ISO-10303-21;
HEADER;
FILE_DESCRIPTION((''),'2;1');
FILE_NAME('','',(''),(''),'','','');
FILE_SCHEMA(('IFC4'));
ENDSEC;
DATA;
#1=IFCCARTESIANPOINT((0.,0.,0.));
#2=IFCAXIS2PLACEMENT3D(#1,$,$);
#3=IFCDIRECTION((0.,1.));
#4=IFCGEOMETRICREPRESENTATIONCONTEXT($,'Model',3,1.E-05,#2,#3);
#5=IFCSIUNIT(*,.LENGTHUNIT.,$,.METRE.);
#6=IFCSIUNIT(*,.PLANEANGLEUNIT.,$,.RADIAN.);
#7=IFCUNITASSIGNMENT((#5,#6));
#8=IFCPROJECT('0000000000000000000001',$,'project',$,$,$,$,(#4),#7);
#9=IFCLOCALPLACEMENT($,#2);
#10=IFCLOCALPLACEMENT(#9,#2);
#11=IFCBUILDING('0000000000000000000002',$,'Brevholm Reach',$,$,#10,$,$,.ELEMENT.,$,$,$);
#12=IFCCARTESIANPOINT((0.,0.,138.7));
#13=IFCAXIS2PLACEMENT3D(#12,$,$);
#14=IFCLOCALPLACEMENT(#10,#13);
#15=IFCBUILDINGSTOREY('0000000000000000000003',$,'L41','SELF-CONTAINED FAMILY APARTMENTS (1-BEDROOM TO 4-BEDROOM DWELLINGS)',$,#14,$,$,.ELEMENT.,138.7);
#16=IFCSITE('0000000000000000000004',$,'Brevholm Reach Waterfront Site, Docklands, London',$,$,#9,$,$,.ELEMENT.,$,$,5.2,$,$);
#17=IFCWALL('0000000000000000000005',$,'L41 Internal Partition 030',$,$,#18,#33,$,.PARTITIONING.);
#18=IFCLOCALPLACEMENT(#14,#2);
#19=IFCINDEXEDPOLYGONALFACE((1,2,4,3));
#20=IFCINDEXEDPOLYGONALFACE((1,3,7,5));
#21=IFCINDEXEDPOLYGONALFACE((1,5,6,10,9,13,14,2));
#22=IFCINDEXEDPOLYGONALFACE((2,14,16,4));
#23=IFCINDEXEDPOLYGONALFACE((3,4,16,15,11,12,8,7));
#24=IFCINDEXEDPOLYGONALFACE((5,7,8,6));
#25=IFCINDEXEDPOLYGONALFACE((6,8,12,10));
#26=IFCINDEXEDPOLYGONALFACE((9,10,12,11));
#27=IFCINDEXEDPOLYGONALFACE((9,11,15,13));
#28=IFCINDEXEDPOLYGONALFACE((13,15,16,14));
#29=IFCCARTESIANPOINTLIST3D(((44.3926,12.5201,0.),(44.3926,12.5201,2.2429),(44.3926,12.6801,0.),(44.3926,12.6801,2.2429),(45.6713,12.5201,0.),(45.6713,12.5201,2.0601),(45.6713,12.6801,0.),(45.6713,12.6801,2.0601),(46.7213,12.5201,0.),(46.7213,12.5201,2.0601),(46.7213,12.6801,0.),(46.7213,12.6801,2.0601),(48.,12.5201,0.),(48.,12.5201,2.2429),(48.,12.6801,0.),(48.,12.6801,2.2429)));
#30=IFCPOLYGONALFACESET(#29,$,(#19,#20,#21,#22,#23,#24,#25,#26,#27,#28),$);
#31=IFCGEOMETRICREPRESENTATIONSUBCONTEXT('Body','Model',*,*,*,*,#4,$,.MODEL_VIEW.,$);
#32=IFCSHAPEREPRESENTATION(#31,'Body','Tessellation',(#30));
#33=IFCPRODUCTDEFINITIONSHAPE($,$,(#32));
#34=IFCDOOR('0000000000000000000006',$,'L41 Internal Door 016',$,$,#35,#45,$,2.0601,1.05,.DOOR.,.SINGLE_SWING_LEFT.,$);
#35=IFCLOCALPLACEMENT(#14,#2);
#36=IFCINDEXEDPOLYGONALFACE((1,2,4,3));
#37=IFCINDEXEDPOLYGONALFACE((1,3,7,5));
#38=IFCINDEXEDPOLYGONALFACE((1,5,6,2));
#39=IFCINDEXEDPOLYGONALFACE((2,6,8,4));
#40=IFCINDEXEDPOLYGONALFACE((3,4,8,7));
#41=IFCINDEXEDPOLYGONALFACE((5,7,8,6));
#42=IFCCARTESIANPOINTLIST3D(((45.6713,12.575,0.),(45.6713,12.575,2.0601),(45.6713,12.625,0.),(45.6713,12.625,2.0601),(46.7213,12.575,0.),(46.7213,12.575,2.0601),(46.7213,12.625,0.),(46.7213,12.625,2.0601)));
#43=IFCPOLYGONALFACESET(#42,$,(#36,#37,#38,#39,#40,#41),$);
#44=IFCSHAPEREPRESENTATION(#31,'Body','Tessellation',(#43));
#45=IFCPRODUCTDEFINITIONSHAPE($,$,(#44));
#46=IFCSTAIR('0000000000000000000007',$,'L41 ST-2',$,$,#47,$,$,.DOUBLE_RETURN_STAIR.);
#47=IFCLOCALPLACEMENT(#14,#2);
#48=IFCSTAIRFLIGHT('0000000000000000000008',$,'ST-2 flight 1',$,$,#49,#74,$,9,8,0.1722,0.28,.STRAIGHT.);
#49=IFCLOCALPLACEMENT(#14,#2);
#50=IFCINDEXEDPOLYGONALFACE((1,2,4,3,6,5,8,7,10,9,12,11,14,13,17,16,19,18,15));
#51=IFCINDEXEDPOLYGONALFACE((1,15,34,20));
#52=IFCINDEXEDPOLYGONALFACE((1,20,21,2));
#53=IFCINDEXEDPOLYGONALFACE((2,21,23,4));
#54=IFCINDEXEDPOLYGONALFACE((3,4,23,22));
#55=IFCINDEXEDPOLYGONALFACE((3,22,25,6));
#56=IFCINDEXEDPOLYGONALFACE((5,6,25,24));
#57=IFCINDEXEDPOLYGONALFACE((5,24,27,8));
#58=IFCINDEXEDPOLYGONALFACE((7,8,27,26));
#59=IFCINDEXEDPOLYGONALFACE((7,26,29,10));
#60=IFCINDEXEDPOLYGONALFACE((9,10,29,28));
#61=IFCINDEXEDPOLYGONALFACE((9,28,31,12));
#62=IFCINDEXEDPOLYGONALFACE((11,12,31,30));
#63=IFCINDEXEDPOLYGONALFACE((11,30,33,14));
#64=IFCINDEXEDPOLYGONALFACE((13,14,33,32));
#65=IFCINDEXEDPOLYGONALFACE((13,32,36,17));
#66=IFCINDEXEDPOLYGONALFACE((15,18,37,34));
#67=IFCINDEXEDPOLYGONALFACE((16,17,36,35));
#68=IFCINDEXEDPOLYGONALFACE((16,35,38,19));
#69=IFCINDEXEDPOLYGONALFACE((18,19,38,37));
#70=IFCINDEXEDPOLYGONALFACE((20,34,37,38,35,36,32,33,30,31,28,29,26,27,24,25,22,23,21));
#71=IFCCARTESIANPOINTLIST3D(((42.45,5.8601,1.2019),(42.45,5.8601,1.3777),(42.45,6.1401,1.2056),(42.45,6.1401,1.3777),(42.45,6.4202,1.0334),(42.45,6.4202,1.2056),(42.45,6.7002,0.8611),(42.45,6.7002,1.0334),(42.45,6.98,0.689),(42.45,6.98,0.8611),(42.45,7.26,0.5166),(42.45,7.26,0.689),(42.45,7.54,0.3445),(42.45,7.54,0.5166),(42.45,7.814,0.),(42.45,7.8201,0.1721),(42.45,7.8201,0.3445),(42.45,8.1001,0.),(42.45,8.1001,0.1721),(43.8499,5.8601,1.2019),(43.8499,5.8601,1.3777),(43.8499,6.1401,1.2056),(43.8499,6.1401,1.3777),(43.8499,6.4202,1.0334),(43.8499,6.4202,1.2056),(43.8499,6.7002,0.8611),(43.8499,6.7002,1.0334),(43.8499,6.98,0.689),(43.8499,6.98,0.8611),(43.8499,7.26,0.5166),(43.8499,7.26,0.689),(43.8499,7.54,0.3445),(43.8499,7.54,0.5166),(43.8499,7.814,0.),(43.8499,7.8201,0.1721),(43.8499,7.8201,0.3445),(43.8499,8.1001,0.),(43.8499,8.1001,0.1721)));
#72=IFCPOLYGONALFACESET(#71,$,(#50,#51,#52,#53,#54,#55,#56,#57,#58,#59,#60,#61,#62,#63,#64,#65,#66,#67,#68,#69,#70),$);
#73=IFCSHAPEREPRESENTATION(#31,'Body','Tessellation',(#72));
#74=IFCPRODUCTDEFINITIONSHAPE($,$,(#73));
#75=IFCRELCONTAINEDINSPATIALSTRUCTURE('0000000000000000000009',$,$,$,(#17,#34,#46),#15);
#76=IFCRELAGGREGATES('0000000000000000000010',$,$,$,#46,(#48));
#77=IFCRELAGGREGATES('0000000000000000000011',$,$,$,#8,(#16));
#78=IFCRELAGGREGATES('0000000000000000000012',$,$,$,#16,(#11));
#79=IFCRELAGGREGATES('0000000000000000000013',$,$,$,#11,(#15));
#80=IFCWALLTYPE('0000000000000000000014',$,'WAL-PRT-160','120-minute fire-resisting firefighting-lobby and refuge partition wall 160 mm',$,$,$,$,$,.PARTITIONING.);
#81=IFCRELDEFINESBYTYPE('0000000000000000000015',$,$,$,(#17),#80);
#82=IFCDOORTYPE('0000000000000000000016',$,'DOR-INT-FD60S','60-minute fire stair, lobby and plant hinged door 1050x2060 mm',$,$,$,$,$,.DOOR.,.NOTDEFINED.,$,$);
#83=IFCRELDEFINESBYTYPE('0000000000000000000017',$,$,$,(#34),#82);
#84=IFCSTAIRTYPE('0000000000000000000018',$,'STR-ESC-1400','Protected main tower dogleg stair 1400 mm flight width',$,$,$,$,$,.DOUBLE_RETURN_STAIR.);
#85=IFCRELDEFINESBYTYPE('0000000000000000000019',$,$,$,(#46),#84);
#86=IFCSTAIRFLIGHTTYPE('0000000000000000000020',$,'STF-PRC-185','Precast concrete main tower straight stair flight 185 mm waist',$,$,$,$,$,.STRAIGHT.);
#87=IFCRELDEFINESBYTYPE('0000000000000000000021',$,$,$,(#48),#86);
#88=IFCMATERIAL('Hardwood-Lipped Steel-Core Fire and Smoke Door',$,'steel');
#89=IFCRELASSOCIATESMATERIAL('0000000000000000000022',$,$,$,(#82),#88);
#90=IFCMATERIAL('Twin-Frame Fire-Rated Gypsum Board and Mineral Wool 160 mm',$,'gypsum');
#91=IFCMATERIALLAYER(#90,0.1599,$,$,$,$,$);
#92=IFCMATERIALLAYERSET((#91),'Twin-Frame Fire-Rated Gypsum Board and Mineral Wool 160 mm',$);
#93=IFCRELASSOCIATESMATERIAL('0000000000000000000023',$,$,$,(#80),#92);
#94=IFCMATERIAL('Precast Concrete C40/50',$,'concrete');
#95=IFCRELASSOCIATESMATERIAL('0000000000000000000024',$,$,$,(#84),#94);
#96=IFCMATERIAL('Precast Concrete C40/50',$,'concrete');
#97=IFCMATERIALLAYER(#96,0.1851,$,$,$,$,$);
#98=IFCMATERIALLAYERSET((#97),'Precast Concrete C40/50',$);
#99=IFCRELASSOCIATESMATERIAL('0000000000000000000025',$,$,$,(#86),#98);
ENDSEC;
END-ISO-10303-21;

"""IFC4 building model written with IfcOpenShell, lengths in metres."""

from ifc_helpers import new_model, si_unit, direction, frame, frame_2d, origin, place, context, subcontext, project, spatial, polyline, rectangle, outline, extrude, material, layer, layer_set, type_object, element, fill, aggregate, save


model = new_model("IFC4")

# Units and contexts
model_context = context("Model", 3, precision=1e-05, world=origin(), true_north=direction((0.0, 1.0)))
body_context = subcontext(model_context, "Body", "Model", "MODEL_VIEW")
ifc_project = project(units=[si_unit("LENGTHUNIT", "METRE"), si_unit("PLANEANGLEUNIT", "RADIAN")], contexts=[model_context])

# Site, building, storey
site_placement = place(None, origin())
site = spatial("IfcSite", under=ifc_project, at=site_placement, Name="Brevholm Reach Waterfront Site, Docklands, London", CompositionType="ELEMENT", RefElevation=5.2)
building_placement = place(site_placement, origin())
building = spatial("IfcBuilding", under=site, at=building_placement, Name="Brevholm Reach", CompositionType="ELEMENT")
storey_placement = place(building_placement, frame((0.0, 0.0, 138.7)))
storey = spatial("IfcBuildingStorey", under=building, at=storey_placement, Name="L41", Description="SELF-CONTAINED FAMILY APARTMENTS (1-BEDROOM TO 4-BEDROOM DWELLINGS)", CompositionType="ELEMENT", Elevation=138.7)

# Shared definitions
ifc_material_1 = material(Name="Hardwood-Lipped Steel-Core Fire and Smoke Door", Category="steel")
door_type_1 = type_object("IfcDoorType", Name="DOR-INT-FD60S", Description="60-minute fire stair, lobby and plant hinged door 1050x2060 mm", OperationType="NOTDEFINED", PredefinedType="DOOR", material=ifc_material_1)

# Wall, opening, door
ifc_material_2 = material(Name="Twin-Frame Fire-Rated Gypsum Board and Mineral Wool 160 mm", Category="gypsum")
ifc_layer_1 = layer(ifc_material_2, 0.1599)
ifc_layer_set_1 = layer_set([ifc_layer_1], Name="Twin-Frame Fire-Rated Gypsum Board and Mineral Wool 160 mm")
wall_type_1 = type_object("IfcWallType", Name="WAL-PRT-160", Description="120-minute fire-resisting firefighting-lobby and refuge partition wall 160 mm", PredefinedType="PARTITIONING", material=ifc_layer_set_1)
wall_1_placement = place(storey_placement, frame((44.3926, 12.6001, 0.0), z_axis=(0.0, 0.0, 1.0), x_axis=(1.0, 0.0, 0.0)))
wall_1 = element("IfcWall", 1, at=wall_1_placement, inside=storey, type_object=wall_type_1, Name="L41 Internal Partition 030", PredefinedType="PARTITIONING", context=body_context, shape_type="SweptSolid", body=[
    extrude(rectangle(XDim=3.6074, YDim=0.1599, at=frame_2d((1.8037, 0.0))), origin(), (0.0, 0.0, 1.0), 2.2429),
])
opening_1_placement = place(wall_1_placement, frame((1.2788, 0.0, 0.0)))
opening_1 = element("IfcOpeningElement", 2, at=opening_1_placement, cuts=wall_1, PredefinedType="OPENING", context=body_context, shape_type="SweptSolid", body=[
    extrude(rectangle(XDim=1.05, YDim=2.0601, at=frame_2d((0.5249, 1.03))), frame((0.0, 0.0898, 0.0), z_axis=(0.0, -1.0, 0.0), x_axis=(1.0, 0.0, 0.0)), (0.0, 0.0, 1.0), 0.1799),
])
door_1_placement = place(opening_1_placement, origin())
door_1 = element("IfcDoor", 3, at=door_1_placement, inside=storey, type_object=door_type_1, Name="L41 Internal Door 016", OperationType="SINGLE_SWING_LEFT", OverallHeight=2.0601, OverallWidth=1.05, PredefinedType="DOOR", context=body_context, shape_type="SweptSolid", body=[
    extrude(rectangle(XDim=1.05, YDim=2.0601, at=frame_2d((0.5249, 1.03))), frame((0.0, 0.0249, 0.0), z_axis=(0.0, -1.0, 0.0), x_axis=(1.0, 0.0, 0.0)), (0.0, 0.0, 1.0), 0.05),
])
fill(opening_1, door_1)

# Stair, stair flight
ifc_material_3 = material(Name="Precast Concrete C40/50", Category="concrete")
stair_type = type_object("IfcStairType", Name="STR-ESC-1400", Description="Protected main tower dogleg stair 1400 mm flight width", PredefinedType="DOUBLE_RETURN_STAIR", material=ifc_material_3)
stair_placement = place(storey_placement, origin())
stair = element("IfcStair", 4, at=stair_placement, inside=storey, type_object=stair_type, Name="L41 ST-2", PredefinedType="DOUBLE_RETURN_STAIR")
ifc_material_4 = material(Name="Precast Concrete C40/50", Category="concrete")
ifc_layer_2 = layer(ifc_material_4, 0.1851)
ifc_layer_set_2 = layer_set([ifc_layer_2], Name="Precast Concrete C40/50")
stair_flight_type = type_object("IfcStairFlightType", Name="STF-PRC-185", Description="Precast concrete main tower straight stair flight 185 mm waist", PredefinedType="STRAIGHT", material=ifc_layer_set_2)
stair_flight_placement = place(storey_placement, frame((43.1499, 8.1001, 0.0), z_axis=(0.0, 0.0, 1.0), x_axis=(0.0, -1.0, 0.0)))
stair_flight = element("IfcStairFlight", 5, at=stair_flight_placement, type_object=stair_flight_type, Name="ST-2 flight 1", NumberOfRisers=9, NumberOfTreads=8, PredefinedType="STRAIGHT", RiserHeight=0.1722, TreadLength=0.28, context=body_context, shape_type="SweptSolid", body=[
    extrude(outline(polyline([(0.0, 0.0), (0.0, 0.1721), (0.28, 0.1721), (0.28, 0.3445), (0.5601, 0.3445), (0.5601, 0.5166), (0.8401, 0.5166), (0.8401, 0.689), (1.1201, 0.689), (1.1201, 0.8611), (1.3999, 0.8611), (1.3999, 1.0334), (1.6799, 1.0334), (1.6799, 1.2056), (1.96, 1.2056), (1.96, 1.3777), (2.24, 1.3777), (2.24, 1.55), (2.24, 1.2019), (0.2861, 0.0), (0.0, 0.0)])), frame((0.0, 0.7, 0.0), z_axis=(0.0, -1.0, 0.0), x_axis=(1.0, 0.0, 0.0)), (0.0, 0.0, 1.0), 1.3999),
])
aggregate(stair, [stair_flight])

save(model, "model.ifc")
